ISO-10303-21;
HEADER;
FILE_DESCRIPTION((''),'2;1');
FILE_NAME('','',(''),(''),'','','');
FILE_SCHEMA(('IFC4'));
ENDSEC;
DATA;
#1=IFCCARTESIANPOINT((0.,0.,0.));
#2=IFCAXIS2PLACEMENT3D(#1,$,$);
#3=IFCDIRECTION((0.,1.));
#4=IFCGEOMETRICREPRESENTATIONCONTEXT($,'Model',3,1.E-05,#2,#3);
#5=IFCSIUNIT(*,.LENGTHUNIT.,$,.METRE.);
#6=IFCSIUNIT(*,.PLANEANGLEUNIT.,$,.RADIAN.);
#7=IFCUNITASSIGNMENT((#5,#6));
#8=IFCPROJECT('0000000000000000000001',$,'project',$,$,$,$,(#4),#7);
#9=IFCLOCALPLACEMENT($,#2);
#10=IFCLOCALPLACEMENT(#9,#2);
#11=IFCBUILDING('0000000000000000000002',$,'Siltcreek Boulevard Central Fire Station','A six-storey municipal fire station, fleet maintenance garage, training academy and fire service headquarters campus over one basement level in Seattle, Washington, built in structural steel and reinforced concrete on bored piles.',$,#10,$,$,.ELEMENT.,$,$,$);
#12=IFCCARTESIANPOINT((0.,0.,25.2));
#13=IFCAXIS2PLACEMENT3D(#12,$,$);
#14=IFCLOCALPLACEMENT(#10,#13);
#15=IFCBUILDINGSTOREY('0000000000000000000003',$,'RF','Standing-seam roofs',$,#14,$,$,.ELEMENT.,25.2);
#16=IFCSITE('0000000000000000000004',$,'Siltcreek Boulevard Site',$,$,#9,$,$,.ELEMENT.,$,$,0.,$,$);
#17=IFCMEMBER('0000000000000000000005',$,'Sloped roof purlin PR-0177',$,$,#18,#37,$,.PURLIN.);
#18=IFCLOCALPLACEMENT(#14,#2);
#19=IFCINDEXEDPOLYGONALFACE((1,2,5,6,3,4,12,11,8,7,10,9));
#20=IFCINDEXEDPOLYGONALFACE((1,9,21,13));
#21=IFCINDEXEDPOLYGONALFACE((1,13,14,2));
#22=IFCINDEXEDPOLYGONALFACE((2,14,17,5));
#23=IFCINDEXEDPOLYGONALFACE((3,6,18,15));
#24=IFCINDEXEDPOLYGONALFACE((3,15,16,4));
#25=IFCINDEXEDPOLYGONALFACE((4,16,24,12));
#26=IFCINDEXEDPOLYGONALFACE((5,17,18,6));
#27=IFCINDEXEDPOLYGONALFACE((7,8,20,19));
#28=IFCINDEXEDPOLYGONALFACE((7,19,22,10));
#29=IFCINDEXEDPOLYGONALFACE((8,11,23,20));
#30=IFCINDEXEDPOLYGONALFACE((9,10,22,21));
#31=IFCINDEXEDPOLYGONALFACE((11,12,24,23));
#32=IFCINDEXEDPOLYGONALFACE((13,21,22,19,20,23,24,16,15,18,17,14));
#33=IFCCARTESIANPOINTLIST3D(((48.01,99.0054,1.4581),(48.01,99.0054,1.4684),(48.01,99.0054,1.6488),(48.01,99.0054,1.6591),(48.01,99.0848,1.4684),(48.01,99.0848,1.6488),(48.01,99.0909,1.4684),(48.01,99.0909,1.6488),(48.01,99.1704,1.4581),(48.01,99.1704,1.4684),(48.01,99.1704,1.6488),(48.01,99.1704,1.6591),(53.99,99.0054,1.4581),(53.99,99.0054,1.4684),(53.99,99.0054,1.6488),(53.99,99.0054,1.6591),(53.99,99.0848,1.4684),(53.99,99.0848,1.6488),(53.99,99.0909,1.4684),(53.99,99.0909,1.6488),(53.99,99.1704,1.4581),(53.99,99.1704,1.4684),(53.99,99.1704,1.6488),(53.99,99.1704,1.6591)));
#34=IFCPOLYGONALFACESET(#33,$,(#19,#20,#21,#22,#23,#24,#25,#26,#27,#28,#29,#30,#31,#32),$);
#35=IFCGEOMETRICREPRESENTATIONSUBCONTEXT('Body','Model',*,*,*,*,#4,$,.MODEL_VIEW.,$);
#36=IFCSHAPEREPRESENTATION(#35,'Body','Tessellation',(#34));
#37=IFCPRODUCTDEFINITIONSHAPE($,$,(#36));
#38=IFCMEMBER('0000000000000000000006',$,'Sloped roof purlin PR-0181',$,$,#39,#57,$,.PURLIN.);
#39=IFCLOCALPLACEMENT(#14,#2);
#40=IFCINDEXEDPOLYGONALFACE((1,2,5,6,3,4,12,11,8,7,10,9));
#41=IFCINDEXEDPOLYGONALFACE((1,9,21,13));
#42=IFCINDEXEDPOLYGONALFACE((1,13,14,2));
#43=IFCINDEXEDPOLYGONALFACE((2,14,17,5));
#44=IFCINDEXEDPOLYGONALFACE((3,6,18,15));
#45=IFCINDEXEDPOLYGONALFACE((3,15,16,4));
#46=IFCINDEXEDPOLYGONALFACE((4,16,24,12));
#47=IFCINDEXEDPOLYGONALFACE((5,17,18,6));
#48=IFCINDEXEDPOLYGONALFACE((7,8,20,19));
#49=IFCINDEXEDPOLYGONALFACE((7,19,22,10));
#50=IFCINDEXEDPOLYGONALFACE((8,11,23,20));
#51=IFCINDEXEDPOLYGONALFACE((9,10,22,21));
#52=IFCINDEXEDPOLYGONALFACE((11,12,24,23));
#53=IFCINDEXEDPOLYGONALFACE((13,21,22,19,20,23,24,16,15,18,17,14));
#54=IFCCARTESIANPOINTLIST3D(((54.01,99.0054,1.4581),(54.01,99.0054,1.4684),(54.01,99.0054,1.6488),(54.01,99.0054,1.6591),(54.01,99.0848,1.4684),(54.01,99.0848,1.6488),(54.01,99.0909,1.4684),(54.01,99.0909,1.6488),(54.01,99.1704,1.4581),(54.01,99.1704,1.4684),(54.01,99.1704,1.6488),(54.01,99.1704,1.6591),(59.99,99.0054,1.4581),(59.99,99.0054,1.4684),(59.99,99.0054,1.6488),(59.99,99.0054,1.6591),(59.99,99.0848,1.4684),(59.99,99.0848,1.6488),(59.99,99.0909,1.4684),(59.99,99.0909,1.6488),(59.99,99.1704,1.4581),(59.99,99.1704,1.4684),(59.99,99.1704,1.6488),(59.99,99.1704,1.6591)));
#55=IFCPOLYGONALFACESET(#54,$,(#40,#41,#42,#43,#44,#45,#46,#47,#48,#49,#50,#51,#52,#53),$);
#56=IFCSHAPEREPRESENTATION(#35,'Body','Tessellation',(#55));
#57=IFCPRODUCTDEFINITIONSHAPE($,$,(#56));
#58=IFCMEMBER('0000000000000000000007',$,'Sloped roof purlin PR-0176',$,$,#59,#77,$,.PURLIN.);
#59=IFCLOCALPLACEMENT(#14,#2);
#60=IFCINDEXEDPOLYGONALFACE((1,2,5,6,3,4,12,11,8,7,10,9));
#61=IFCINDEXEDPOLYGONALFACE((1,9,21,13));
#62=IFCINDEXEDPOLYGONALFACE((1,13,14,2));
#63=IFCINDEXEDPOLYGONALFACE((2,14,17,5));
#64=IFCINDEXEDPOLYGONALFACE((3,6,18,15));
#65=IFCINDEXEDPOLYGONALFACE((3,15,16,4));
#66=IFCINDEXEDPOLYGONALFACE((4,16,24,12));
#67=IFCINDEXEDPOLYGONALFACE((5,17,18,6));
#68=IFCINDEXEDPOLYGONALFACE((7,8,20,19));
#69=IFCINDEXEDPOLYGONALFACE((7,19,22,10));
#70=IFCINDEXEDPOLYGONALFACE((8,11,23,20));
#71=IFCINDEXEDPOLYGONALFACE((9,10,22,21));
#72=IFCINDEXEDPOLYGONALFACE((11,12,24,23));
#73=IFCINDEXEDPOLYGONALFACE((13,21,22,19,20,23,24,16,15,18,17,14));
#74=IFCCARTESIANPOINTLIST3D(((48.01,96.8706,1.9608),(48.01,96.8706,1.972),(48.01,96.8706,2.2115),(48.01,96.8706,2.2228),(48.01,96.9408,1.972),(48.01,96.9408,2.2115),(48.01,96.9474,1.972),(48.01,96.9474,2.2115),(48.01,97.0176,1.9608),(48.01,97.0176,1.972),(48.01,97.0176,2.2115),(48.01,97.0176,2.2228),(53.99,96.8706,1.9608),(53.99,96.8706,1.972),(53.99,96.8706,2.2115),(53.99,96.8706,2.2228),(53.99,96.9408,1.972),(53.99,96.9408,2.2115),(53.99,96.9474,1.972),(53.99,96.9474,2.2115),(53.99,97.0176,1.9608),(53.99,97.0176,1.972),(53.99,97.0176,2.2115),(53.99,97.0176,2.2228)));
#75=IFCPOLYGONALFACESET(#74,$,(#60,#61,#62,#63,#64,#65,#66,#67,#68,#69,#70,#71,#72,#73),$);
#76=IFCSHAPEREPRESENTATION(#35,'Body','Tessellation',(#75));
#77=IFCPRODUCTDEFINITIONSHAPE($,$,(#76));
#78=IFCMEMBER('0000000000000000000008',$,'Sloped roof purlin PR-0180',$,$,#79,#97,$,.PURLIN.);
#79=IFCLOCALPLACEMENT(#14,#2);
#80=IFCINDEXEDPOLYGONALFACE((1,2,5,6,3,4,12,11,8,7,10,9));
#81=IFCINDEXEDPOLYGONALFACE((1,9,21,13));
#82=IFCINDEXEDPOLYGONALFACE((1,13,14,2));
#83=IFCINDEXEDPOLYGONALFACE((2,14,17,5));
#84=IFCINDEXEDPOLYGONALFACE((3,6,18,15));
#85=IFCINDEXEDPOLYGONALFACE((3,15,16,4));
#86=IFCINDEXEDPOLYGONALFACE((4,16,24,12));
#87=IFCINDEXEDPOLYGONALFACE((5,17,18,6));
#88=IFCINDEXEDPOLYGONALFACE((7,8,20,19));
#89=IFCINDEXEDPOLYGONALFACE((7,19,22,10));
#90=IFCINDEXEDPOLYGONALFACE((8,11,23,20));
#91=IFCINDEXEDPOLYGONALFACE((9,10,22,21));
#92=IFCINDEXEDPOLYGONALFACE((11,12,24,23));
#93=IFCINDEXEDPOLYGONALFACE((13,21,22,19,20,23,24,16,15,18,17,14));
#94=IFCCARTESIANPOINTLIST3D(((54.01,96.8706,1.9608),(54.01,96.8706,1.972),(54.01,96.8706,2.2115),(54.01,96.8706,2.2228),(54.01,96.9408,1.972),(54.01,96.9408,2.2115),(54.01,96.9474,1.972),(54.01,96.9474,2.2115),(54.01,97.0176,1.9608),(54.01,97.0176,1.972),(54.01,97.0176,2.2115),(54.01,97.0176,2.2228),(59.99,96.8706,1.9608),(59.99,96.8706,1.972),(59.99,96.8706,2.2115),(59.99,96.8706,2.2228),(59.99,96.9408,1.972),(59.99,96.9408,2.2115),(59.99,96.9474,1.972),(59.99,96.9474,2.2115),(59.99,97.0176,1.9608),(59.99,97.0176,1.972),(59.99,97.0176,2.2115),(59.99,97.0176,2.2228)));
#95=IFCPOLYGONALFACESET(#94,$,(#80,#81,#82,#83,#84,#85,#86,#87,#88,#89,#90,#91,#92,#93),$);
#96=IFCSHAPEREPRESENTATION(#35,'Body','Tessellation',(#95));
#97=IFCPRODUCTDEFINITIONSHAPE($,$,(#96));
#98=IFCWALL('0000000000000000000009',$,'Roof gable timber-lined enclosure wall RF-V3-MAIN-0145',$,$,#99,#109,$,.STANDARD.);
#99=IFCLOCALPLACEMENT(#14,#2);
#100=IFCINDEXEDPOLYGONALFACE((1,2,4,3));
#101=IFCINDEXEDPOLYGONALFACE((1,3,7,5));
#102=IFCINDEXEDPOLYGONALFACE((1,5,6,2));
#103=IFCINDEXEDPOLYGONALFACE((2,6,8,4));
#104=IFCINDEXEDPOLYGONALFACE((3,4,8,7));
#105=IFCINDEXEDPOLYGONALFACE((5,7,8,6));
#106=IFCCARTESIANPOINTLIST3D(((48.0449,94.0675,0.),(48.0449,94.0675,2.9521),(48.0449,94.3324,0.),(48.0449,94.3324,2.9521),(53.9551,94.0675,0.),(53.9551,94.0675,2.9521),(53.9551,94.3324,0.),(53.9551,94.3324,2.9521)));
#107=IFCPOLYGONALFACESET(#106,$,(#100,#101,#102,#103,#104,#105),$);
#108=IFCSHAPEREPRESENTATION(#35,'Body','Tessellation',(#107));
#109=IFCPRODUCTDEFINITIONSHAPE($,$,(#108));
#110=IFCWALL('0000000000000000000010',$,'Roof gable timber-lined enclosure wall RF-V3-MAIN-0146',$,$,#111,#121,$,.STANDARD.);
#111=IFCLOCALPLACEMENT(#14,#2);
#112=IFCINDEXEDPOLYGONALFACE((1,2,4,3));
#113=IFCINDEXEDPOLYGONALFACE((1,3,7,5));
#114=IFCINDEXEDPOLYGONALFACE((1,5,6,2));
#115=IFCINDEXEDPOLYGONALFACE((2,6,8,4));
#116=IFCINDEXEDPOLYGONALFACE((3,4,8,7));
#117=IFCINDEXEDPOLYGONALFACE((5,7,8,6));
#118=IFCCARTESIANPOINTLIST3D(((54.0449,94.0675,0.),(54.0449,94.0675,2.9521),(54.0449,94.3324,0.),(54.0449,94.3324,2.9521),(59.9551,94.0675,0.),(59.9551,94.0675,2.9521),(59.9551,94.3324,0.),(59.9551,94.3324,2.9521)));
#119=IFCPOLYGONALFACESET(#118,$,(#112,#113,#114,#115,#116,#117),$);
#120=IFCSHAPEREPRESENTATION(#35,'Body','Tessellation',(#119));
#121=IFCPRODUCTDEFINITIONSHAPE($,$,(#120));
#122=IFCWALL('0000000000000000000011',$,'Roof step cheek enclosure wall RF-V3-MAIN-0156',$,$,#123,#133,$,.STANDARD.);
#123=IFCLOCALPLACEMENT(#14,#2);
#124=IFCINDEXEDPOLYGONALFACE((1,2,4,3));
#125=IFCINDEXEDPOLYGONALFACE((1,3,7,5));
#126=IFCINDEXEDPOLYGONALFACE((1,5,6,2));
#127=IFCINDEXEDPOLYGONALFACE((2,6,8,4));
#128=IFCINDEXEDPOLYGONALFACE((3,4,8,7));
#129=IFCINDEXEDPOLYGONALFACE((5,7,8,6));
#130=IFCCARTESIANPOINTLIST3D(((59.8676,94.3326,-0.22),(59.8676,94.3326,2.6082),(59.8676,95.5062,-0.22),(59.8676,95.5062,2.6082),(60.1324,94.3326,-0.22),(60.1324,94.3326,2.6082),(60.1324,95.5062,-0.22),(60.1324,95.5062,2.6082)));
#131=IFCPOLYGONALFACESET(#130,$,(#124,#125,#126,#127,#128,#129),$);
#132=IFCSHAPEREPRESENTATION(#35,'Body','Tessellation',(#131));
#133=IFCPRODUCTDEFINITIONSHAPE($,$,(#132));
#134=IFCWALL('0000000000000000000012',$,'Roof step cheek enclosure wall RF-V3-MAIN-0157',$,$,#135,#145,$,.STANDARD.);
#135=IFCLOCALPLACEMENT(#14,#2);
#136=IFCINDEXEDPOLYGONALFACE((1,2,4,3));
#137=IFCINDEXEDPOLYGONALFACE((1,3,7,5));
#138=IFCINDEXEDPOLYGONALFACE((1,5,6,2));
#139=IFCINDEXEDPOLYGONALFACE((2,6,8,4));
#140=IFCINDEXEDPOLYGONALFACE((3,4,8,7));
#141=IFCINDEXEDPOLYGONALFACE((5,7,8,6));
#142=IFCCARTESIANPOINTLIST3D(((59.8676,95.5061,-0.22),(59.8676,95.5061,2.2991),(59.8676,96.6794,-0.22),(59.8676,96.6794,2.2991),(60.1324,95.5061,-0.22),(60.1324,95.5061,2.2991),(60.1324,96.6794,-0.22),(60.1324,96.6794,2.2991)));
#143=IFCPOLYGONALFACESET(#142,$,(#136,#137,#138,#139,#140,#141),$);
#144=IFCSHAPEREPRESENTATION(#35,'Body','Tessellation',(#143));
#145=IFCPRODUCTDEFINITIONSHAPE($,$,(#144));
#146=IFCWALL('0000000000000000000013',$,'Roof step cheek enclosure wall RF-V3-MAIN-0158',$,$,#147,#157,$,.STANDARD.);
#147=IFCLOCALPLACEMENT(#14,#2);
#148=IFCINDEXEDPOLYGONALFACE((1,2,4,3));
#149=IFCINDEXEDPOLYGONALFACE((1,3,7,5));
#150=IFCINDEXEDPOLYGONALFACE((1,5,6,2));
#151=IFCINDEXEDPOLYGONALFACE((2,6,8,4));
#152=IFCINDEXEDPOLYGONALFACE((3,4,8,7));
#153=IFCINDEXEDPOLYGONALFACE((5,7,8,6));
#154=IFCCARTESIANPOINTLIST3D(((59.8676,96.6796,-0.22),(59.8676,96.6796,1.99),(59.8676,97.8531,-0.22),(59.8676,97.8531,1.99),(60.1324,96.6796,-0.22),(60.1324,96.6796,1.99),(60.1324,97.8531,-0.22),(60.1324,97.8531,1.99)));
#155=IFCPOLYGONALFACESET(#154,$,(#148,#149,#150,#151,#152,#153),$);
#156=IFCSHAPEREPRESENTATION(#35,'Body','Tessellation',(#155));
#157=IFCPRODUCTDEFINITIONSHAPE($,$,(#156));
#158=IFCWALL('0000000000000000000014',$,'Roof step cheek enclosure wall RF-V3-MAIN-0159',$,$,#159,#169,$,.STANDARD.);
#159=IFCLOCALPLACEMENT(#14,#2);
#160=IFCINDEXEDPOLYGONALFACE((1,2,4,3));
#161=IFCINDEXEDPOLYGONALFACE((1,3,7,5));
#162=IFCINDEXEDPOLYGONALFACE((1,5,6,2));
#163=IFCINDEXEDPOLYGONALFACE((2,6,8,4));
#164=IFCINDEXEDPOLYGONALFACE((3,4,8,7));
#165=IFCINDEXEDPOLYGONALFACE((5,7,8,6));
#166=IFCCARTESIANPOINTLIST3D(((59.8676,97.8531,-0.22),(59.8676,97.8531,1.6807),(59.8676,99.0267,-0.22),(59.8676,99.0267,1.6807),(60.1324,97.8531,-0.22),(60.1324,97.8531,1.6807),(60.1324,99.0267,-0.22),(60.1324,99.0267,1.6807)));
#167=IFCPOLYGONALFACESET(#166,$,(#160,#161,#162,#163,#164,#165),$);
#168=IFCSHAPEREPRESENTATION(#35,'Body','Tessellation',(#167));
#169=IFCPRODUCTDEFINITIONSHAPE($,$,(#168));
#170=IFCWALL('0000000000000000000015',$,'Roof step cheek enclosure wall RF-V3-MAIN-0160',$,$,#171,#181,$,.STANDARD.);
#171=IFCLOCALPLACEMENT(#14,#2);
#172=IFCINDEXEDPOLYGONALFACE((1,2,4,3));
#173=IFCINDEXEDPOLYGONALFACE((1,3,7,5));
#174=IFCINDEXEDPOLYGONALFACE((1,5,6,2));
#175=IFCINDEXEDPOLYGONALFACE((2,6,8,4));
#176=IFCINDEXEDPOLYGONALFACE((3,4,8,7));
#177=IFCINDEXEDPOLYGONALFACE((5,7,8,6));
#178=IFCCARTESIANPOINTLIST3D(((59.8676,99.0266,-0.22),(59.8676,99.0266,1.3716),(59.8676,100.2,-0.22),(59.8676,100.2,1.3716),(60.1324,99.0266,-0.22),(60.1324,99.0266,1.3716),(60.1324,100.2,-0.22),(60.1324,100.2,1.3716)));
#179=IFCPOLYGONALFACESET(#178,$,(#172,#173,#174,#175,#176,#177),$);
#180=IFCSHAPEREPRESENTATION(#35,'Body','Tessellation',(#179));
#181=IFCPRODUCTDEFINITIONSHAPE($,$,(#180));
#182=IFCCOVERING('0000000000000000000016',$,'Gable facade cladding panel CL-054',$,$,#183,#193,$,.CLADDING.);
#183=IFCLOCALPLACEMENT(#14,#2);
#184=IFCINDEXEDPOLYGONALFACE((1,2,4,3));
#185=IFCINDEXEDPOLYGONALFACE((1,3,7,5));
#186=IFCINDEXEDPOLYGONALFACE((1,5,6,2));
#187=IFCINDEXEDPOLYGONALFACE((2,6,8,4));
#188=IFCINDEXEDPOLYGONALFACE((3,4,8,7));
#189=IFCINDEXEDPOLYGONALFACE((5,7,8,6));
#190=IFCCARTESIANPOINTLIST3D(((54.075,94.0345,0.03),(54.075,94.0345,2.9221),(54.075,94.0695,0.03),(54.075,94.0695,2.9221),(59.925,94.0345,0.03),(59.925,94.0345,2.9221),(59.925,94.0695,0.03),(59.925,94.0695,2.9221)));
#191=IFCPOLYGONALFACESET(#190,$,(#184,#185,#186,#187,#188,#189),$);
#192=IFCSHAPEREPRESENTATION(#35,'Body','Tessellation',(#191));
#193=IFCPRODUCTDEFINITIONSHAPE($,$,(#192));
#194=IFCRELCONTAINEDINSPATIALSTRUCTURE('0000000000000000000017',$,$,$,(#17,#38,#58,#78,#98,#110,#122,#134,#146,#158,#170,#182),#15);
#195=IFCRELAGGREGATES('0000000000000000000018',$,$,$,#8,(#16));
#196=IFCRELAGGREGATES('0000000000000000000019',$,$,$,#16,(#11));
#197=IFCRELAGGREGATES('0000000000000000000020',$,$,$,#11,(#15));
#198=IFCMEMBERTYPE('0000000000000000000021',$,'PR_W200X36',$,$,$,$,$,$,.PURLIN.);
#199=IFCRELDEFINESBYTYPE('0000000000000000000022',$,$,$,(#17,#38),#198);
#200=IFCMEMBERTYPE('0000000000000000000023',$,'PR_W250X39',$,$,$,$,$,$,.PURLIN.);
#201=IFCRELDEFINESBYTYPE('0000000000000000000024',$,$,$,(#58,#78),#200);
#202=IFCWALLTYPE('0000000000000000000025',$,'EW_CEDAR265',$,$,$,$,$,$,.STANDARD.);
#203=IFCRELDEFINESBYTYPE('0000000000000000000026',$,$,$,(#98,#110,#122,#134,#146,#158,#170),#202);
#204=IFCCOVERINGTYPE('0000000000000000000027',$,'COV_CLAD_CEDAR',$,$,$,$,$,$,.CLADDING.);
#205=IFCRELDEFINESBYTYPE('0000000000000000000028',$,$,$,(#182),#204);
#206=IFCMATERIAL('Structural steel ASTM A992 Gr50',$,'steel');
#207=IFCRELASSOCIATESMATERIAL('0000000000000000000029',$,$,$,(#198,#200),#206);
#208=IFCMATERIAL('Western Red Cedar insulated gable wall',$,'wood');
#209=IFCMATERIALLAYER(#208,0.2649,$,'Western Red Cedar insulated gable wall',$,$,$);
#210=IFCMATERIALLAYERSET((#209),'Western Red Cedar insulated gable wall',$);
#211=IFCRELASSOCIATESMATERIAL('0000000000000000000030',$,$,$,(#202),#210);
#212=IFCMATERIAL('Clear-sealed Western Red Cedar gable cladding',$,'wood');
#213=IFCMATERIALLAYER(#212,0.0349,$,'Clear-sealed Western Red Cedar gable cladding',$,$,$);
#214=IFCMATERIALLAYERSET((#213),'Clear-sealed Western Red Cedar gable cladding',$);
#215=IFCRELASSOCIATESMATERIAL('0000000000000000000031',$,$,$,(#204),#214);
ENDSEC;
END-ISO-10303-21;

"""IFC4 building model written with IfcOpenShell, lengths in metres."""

from ifc_helpers import new_model, si_unit, direction, frame, frame_2d, origin, origin_2d, place, context, subcontext, project, spatial, rectangle, i_section, extrude, material, layer, layer_set, material_profile, profile_set, type_object, element, save


model = new_model("IFC4")

# Units and contexts
model_context = context("Model", 3, precision=1e-05, world=origin(), true_north=direction((0.0, 1.0)))
body_context = subcontext(model_context, "Body", "Model", "MODEL_VIEW")
ifc_project = project(units=[si_unit("LENGTHUNIT", "METRE"), si_unit("PLANEANGLEUNIT", "RADIAN")], contexts=[model_context])

# Site, building, storey
site_placement = place(None, origin())
site = spatial("IfcSite", under=ifc_project, at=site_placement, Name="Siltcreek Boulevard Site", CompositionType="ELEMENT", RefElevation=0.0)
building_placement = place(site_placement, origin())
building = spatial("IfcBuilding", under=site, at=building_placement, Name="Siltcreek Boulevard Central Fire Station", Description="A six-storey municipal fire station, fleet maintenance garage, training academy and fire service headquarters campus over one basement level in Seattle, Washington, built in structural steel and reinforced concrete on bored piles.", CompositionType="ELEMENT")
storey_placement = place(building_placement, frame((0.0, 0.0, 25.2)))
storey = spatial("IfcBuildingStorey", under=building, at=storey_placement, Name="RF", Description="Standing-seam roofs", CompositionType="ELEMENT", Elevation=25.2)

# Shared definitions
ifc_material_1 = material(Name="Structural steel ASTM A992 Gr50", Category="steel")

# Members
ifc_material_profile_1 = material_profile(ifc_material_1, i_section(OverallWidth=0.165, OverallDepth=0.2009, WebThickness=0.0061, FlangeThickness=0.0103, at=origin_2d()), Name="W200X36")
ifc_profile_set_1 = profile_set([ifc_material_profile_1], Name="Structural steel ASTM A992 Gr50")
member_type_1 = type_object("IfcMemberType", Name="PR_W200X36", PredefinedType="PURLIN", material=ifc_profile_set_1)
for number, where, z_axis, x_axis, name in (
    (1, (48.01, 99.0879, 1.5586), (1.0, 0.0, 0.0), (0.0, 1.0, 0.0), "Sloped roof purlin PR-0177"),
    (2, (54.01, 99.0879, 1.5586), (1.0, 0.0, 0.0), (0.0, 1.0, 0.0), "Sloped roof purlin PR-0181"),
):
    element("IfcMember", number, at=place(storey_placement, frame(where, z_axis=z_axis, x_axis=x_axis)), inside=storey, type_object=member_type_1, Name=name, PredefinedType="PURLIN", context=body_context, shape_type="SweptSolid", body=[
        extrude(i_section(OverallWidth=0.165, OverallDepth=0.2009, WebThickness=0.0061, FlangeThickness=0.0103, at=origin_2d()), origin(), (0.0, 0.0, 1.0), 5.98),
    ])
ifc_material_profile_2 = material_profile(ifc_material_1, i_section(OverallWidth=0.147, OverallDepth=0.262, WebThickness=0.0066, FlangeThickness=0.0112, at=origin_2d()), Name="W250X39")
ifc_profile_set_2 = profile_set([ifc_material_profile_2], Name="Structural steel ASTM A992 Gr50")
member_type_2 = type_object("IfcMemberType", Name="PR_W250X39", PredefinedType="PURLIN", material=ifc_profile_set_2)
for number, where, z_axis, x_axis, name in (
    (3, (48.01, 96.9441, 2.0918), (1.0, 0.0, 0.0), (0.0, 1.0, 0.0), "Sloped roof purlin PR-0176"),
    (4, (54.01, 96.9441, 2.0918), (1.0, 0.0, 0.0), (0.0, 1.0, 0.0), "Sloped roof purlin PR-0180"),
):
    element("IfcMember", number, at=place(storey_placement, frame(where, z_axis=z_axis, x_axis=x_axis)), inside=storey, type_object=member_type_2, Name=name, PredefinedType="PURLIN", context=body_context, shape_type="SweptSolid", body=[
        extrude(i_section(OverallWidth=0.147, OverallDepth=0.262, WebThickness=0.0066, FlangeThickness=0.0112, at=origin_2d()), origin(), (0.0, 0.0, 1.0), 5.98),
    ])

# Walls
ifc_material_2 = material(Name="Western Red Cedar insulated gable wall", Category="wood")
ifc_layer_1 = layer(ifc_material_2, 0.2649, Name="Western Red Cedar insulated gable wall")
ifc_layer_set_1 = layer_set([ifc_layer_1], Name="Western Red Cedar insulated gable wall")
wall_type = type_object("IfcWallType", Name="EW_CEDAR265", PredefinedType="STANDARD", material=ifc_layer_set_1)
for number, where, z_axis, x_axis, name in (
    (5, (48.0449, 94.2, 0.0), (0.0, 0.0, 1.0), (1.0, 0.0, 0.0), "Roof gable timber-lined enclosure wall RF-V3-MAIN-0145"),
    (6, (54.0449, 94.2, 0.0), (0.0, 0.0, 1.0), (1.0, 0.0, 0.0), "Roof gable timber-lined enclosure wall RF-V3-MAIN-0146"),
):
    element("IfcWall", number, at=place(storey_placement, frame(where, z_axis=z_axis, x_axis=x_axis)), inside=storey, type_object=wall_type, Name=name, PredefinedType="STANDARD", context=body_context, shape_type="SweptSolid", body=[
        extrude(rectangle(XDim=5.9102, YDim=0.2649, at=frame_2d((2.9551, 0.0))), origin(), (0.0, 0.0, 1.0), 2.9521),
    ])
wall_1_placement = place(storey_placement, frame((60.0, 94.3325, -0.22), z_axis=(0.0, 0.0, 1.0), x_axis=(0.0, 1.0, 0.0)))
element("IfcWall", 7, at=wall_1_placement, inside=storey, type_object=wall_type, Name="Roof step cheek enclosure wall RF-V3-MAIN-0156", PredefinedType="STANDARD", context=body_context, shape_type="SweptSolid", body=[
    extrude(rectangle(XDim=1.1736, YDim=0.2649, at=frame_2d((0.5869, 0.0))), origin(), (0.0, 0.0, 1.0), 2.8281),
])
wall_2_placement = place(storey_placement, frame((60.0, 95.5061, -0.22), z_axis=(0.0, 0.0, 1.0), x_axis=(0.0, 1.0, 0.0)))
element("IfcWall", 8, at=wall_2_placement, inside=storey, type_object=wall_type, Name="Roof step cheek enclosure wall RF-V3-MAIN-0157", PredefinedType="STANDARD", context=body_context, shape_type="SweptSolid", body=[
    extrude(rectangle(XDim=1.1733, YDim=0.2649, at=frame_2d((0.5867, 0.0))), origin(), (0.0, 0.0, 1.0), 2.519),
])
wall_3_placement = place(storey_placement, frame((60.0, 96.6794, -0.22), z_axis=(0.0, 0.0, 1.0), x_axis=(0.0, 1.0, 0.0)))
element("IfcWall", 9, at=wall_3_placement, inside=storey, type_object=wall_type, Name="Roof step cheek enclosure wall RF-V3-MAIN-0158", PredefinedType="STANDARD", context=body_context, shape_type="SweptSolid", body=[
    extrude(rectangle(XDim=1.1736, YDim=0.2649, at=frame_2d((0.5869, 0.0))), origin(), (0.0, 0.0, 1.0), 2.21),
])
wall_4_placement = place(storey_placement, frame((60.0, 97.853, -0.22), z_axis=(0.0, 0.0, 1.0), x_axis=(0.0, 1.0, 0.0)))
element("IfcWall", 10, at=wall_4_placement, inside=storey, type_object=wall_type, Name="Roof step cheek enclosure wall RF-V3-MAIN-0159", PredefinedType="STANDARD", context=body_context, shape_type="SweptSolid", body=[
    extrude(rectangle(XDim=1.1736, YDim=0.2649, at=frame_2d((0.5869, 0.0))), origin(), (0.0, 0.0, 1.0), 1.9006),
])
wall_5_placement = place(storey_placement, frame((60.0, 99.0266, -0.22), z_axis=(0.0, 0.0, 1.0), x_axis=(0.0, 1.0, 0.0)))
element("IfcWall", 11, at=wall_5_placement, inside=storey, type_object=wall_type, Name="Roof step cheek enclosure wall RF-V3-MAIN-0160", PredefinedType="STANDARD", context=body_context, shape_type="SweptSolid", body=[
    extrude(rectangle(XDim=1.1733, YDim=0.2649, at=frame_2d((0.5867, 0.0))), origin(), (0.0, 0.0, 1.0), 1.5916),
])

# Covering
ifc_material_3 = material(Name="Clear-sealed Western Red Cedar gable cladding", Category="wood")
ifc_layer_2 = layer(ifc_material_3, 0.0349, Name="Clear-sealed Western Red Cedar gable cladding")
ifc_layer_set_2 = layer_set([ifc_layer_2], Name="Clear-sealed Western Red Cedar gable cladding")
covering_type = type_object("IfcCoveringType", Name="COV_CLAD_CEDAR", PredefinedType="CLADDING", material=ifc_layer_set_2)
covering_placement = place(storey_placement, frame((57.0, 94.052, 0.03), z_axis=(0.0, 0.0, 1.0), x_axis=(1.0, 0.0, 0.0)))
element("IfcCovering", 12, at=covering_placement, inside=storey, type_object=covering_type, Name="Gable facade cladding panel CL-054", PredefinedType="CLADDING", context=body_context, shape_type="SweptSolid", body=[
    extrude(rectangle(XDim=5.8501, YDim=0.0349, at=origin_2d()), origin(), (0.0, 0.0, 1.0), 2.8921),
])

save(model, "model.ifc")
